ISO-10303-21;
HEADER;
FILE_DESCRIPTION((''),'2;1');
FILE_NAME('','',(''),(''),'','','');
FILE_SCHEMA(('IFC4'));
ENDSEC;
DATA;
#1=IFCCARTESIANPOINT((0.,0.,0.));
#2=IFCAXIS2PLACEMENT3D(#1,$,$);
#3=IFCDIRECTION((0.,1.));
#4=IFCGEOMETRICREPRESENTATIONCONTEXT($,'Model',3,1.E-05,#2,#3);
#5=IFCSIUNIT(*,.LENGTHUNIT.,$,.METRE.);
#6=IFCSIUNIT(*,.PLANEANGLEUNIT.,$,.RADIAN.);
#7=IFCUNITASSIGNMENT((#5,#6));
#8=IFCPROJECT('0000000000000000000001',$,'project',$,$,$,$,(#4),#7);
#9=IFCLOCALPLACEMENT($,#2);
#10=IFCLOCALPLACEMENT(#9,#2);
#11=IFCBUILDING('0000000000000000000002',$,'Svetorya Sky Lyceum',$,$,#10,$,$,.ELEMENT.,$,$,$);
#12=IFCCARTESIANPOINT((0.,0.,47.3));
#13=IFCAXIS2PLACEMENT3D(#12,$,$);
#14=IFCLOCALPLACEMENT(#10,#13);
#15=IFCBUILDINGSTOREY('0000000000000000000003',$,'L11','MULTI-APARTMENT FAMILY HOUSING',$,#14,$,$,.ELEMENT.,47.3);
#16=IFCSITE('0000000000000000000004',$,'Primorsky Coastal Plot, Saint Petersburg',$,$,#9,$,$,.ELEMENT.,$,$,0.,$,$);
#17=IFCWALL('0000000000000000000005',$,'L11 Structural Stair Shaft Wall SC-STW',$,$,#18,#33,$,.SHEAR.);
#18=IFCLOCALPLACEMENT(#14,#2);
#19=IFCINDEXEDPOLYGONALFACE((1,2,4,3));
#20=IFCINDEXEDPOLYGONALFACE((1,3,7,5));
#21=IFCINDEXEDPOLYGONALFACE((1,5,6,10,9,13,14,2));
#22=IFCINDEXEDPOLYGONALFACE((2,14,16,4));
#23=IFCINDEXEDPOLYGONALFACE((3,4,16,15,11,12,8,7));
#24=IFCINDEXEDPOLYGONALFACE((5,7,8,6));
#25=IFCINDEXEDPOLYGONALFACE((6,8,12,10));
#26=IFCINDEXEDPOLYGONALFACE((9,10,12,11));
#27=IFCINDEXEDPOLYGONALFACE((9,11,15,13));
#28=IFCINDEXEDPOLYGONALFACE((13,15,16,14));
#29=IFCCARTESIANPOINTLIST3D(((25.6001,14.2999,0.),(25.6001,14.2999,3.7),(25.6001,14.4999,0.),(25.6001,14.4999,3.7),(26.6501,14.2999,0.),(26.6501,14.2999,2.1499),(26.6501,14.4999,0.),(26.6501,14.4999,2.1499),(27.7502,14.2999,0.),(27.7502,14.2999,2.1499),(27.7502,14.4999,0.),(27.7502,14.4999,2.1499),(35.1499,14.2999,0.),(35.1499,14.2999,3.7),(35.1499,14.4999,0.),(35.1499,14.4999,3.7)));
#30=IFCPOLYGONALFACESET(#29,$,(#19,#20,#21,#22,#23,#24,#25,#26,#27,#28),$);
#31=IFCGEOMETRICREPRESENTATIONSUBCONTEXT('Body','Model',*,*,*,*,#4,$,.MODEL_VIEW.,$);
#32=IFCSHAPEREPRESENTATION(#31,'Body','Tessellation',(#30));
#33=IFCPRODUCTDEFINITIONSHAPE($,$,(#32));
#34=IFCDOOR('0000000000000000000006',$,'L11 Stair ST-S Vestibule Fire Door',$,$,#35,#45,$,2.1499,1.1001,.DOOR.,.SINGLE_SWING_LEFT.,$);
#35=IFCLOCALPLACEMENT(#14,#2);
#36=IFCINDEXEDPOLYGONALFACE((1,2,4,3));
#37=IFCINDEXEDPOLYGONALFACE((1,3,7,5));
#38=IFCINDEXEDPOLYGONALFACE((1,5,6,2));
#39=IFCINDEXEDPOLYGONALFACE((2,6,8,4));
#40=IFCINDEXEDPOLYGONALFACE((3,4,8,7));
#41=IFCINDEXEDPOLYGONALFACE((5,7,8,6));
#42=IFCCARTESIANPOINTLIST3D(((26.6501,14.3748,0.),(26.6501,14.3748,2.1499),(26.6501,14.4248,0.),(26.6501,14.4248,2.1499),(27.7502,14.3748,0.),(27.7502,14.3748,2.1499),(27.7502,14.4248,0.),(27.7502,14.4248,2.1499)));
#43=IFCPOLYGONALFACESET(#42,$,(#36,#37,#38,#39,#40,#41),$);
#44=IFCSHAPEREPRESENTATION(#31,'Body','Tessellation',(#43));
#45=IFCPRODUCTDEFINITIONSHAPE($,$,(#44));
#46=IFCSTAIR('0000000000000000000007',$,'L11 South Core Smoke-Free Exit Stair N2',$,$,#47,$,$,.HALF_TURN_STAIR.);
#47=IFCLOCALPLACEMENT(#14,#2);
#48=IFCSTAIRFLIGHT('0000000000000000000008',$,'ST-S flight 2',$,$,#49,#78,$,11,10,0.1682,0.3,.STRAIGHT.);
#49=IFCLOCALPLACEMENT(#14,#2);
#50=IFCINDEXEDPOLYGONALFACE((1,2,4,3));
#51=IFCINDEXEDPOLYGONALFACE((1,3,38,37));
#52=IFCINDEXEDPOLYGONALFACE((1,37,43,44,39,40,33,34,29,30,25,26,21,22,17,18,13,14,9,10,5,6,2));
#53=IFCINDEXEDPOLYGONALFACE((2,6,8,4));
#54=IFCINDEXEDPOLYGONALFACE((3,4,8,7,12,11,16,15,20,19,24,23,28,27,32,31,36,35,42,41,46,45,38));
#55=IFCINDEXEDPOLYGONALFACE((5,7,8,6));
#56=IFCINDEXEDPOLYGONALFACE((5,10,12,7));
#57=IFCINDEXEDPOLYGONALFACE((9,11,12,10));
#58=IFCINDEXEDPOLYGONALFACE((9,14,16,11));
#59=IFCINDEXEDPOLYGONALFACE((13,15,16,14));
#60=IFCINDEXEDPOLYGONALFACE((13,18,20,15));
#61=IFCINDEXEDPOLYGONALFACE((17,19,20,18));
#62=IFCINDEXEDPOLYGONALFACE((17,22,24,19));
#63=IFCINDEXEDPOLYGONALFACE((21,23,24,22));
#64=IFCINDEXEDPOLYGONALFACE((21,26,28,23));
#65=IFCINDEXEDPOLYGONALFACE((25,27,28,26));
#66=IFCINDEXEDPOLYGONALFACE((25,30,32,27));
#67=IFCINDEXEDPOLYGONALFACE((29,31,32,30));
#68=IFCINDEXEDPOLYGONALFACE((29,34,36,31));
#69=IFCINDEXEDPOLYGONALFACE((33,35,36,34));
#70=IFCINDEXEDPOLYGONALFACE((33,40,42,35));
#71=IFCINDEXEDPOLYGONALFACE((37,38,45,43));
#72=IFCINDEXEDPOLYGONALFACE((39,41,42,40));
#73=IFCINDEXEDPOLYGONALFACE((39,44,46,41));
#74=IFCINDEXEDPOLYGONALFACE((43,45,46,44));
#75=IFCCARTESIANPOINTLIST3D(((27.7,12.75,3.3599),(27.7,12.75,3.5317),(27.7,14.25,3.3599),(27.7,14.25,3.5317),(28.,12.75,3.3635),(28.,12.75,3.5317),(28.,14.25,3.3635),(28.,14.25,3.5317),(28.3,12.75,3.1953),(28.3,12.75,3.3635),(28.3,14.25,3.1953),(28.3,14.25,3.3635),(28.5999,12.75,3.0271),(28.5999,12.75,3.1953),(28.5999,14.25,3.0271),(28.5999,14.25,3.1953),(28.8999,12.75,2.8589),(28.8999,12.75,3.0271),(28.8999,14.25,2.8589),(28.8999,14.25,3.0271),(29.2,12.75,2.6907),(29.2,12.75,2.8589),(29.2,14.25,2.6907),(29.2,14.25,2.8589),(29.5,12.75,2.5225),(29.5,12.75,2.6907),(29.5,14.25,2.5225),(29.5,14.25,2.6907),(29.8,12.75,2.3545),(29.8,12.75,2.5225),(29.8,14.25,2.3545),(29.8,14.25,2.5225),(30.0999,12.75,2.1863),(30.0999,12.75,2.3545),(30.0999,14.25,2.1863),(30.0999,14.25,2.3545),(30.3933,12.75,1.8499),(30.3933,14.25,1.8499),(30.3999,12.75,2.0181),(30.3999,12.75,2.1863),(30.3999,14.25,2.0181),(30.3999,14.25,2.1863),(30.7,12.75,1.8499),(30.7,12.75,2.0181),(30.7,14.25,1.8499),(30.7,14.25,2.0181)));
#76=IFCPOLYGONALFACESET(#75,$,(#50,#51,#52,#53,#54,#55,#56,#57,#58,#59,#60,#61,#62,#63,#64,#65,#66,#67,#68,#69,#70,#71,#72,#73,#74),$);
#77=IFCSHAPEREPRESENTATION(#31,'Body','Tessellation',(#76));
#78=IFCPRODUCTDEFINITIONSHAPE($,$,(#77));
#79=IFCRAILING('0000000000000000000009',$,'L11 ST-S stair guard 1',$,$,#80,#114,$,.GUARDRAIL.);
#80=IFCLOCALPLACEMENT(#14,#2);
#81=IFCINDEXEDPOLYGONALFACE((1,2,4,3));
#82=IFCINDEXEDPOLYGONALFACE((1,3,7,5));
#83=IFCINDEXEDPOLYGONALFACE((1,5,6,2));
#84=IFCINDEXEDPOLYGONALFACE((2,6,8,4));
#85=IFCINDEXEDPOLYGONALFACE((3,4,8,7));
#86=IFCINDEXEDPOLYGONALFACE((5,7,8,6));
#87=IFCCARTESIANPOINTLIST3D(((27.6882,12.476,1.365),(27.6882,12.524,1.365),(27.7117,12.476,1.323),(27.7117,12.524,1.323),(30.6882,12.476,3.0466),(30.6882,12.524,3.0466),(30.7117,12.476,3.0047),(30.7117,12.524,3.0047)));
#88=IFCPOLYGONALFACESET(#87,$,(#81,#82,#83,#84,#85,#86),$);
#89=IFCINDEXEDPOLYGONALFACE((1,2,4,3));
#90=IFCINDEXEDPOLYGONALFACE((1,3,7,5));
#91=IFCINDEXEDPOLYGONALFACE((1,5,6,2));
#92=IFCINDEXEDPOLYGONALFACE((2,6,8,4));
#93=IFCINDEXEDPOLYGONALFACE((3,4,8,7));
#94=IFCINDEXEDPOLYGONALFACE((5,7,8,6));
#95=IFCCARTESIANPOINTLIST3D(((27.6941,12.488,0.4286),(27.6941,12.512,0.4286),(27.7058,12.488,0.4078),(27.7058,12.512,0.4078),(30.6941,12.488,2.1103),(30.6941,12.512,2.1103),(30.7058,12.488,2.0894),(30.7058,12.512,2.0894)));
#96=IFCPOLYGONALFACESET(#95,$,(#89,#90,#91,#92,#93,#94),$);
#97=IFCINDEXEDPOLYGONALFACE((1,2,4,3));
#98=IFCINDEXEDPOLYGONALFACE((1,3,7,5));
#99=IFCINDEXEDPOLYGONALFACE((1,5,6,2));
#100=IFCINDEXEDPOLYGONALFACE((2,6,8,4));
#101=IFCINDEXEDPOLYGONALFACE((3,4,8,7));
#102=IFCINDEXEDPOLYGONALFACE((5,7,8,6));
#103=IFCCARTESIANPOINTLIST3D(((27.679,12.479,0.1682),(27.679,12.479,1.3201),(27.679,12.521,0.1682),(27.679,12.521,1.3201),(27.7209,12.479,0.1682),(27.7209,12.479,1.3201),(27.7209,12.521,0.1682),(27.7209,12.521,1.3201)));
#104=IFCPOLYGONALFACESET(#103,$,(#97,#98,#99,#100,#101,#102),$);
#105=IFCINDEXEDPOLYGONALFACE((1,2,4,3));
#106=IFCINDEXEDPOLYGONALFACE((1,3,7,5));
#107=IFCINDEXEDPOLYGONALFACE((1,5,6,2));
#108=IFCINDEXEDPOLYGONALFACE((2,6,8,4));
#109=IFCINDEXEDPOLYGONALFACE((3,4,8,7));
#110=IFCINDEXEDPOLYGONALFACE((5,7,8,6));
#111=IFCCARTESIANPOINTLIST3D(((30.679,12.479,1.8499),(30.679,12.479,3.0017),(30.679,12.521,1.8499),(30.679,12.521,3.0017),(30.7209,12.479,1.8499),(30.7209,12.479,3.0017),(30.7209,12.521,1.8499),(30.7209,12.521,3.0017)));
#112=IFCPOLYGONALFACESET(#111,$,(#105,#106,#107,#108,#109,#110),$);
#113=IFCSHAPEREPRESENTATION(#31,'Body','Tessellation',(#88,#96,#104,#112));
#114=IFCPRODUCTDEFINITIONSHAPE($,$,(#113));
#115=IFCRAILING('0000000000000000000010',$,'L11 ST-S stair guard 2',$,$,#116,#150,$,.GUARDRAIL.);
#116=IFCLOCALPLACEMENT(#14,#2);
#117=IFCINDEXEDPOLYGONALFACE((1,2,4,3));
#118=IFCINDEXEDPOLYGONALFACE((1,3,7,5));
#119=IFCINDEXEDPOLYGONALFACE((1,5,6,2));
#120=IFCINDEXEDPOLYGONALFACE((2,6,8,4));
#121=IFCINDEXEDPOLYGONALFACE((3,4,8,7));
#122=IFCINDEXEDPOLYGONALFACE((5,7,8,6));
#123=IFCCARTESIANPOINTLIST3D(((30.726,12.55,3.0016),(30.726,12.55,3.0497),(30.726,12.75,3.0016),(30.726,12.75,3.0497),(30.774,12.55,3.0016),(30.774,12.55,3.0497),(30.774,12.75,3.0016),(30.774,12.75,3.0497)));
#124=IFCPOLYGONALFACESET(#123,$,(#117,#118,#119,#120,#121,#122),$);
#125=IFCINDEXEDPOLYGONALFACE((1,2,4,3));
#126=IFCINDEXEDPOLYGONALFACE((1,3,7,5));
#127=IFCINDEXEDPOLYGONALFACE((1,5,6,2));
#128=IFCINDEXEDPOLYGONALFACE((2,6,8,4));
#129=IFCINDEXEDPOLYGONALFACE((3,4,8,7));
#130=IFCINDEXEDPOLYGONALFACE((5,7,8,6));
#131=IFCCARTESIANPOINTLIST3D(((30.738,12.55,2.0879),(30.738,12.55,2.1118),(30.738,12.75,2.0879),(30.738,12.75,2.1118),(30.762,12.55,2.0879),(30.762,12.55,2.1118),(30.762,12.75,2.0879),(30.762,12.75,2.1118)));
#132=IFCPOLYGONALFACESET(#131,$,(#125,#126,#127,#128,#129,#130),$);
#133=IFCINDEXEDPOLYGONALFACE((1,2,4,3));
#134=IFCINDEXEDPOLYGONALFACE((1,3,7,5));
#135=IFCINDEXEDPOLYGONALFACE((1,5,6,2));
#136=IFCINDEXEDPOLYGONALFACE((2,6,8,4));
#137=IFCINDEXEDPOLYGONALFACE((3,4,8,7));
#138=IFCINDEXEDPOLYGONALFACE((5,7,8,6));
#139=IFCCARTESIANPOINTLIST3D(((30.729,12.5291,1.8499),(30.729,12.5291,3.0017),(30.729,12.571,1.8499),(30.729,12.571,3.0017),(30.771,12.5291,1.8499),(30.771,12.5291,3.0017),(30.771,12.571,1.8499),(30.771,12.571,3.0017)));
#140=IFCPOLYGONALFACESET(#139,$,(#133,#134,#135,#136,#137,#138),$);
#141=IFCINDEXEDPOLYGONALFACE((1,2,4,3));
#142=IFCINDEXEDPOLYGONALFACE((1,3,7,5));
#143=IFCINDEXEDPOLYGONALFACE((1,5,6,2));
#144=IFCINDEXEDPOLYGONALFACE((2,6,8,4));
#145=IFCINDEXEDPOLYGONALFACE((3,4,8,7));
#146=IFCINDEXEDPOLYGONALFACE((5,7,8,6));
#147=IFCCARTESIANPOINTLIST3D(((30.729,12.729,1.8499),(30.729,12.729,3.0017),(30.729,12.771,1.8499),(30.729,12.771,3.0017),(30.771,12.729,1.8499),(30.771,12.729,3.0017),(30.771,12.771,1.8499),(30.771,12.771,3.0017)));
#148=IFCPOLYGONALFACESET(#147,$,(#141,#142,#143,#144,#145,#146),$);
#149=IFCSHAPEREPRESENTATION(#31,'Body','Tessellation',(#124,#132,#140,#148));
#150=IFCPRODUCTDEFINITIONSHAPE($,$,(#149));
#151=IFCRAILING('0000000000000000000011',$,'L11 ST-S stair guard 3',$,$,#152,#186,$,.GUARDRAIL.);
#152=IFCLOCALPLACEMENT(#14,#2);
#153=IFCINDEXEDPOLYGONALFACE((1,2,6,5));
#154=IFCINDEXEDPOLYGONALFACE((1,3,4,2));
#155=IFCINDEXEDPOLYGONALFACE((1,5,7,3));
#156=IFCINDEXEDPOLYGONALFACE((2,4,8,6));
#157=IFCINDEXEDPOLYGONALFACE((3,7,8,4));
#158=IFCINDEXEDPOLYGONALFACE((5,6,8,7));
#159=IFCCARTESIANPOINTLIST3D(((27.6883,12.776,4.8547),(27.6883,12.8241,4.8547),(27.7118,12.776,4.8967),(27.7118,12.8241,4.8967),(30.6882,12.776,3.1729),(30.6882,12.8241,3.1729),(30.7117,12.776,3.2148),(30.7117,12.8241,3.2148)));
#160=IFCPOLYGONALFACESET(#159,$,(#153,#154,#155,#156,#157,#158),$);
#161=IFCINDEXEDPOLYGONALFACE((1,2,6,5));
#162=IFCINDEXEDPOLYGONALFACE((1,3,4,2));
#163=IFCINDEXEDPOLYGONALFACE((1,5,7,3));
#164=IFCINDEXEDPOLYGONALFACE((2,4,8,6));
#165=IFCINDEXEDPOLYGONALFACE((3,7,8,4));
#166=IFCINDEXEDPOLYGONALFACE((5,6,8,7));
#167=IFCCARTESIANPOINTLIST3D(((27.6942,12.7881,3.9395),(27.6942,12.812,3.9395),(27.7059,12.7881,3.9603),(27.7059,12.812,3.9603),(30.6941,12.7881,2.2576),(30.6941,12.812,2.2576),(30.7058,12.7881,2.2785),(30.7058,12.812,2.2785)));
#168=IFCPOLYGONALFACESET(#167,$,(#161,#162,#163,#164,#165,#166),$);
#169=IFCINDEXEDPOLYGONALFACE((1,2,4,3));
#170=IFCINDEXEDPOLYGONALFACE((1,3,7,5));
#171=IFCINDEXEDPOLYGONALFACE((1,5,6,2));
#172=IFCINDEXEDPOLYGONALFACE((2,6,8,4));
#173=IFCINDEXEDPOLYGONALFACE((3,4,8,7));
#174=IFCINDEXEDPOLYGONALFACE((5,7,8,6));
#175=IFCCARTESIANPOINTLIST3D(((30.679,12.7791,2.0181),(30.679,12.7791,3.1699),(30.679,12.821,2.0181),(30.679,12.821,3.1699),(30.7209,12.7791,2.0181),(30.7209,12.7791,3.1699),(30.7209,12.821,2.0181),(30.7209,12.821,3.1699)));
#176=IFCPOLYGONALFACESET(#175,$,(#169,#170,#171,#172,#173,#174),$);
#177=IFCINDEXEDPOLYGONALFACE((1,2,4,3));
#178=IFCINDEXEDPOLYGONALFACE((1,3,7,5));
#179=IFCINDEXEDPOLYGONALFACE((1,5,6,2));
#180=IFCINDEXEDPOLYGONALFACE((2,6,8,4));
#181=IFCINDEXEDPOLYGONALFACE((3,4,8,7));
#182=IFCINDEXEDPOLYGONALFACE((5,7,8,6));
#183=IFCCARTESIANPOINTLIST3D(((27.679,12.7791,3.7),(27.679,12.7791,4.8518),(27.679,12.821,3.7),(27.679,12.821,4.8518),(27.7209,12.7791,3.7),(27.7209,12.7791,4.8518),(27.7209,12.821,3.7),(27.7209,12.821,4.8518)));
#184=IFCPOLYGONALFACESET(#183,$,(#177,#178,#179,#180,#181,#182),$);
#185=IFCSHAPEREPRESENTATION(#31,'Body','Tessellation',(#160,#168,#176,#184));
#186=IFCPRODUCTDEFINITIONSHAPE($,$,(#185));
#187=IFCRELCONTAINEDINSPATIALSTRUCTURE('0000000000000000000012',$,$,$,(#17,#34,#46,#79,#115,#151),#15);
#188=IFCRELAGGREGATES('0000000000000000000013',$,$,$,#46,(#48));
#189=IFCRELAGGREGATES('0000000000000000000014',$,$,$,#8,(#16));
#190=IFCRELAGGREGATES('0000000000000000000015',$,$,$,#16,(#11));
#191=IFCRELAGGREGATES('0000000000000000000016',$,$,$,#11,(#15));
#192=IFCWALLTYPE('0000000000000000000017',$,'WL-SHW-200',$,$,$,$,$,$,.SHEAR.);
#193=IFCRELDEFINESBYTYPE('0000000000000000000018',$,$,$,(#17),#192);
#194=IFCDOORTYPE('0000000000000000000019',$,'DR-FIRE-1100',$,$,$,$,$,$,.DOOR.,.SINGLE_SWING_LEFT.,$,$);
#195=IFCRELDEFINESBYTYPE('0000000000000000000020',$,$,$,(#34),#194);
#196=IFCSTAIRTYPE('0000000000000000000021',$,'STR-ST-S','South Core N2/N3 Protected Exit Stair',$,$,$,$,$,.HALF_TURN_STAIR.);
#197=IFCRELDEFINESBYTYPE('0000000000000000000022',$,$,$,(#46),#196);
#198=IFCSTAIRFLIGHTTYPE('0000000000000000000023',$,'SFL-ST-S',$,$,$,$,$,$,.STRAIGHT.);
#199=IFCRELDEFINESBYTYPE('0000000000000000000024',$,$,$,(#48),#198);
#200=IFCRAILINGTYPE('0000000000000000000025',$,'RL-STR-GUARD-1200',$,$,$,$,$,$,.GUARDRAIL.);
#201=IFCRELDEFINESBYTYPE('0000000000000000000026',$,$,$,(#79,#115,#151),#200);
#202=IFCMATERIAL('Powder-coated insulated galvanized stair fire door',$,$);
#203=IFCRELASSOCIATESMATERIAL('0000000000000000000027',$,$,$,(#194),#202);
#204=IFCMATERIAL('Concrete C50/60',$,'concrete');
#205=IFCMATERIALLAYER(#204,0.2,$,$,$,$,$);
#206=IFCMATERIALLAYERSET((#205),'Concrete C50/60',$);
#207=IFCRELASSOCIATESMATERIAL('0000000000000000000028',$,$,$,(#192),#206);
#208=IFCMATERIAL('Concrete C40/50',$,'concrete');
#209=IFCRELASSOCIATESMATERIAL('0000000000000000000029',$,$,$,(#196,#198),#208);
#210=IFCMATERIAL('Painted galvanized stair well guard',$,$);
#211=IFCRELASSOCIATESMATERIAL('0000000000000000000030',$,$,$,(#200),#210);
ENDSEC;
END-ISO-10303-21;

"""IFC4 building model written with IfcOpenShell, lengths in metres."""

from ifc_helpers import new_model, si_unit, direction, frame, frame_2d, origin, origin_2d, place, context, subcontext, project, spatial, polyline, rectangle, outline, extrude, material, layer, layer_set, type_object, element, fill, aggregate, save


model = new_model("IFC4")

# Units and contexts
model_context = context("Model", 3, precision=1e-05, world=origin(), true_north=direction((0.0, 1.0)))
body_context = subcontext(model_context, "Body", "Model", "MODEL_VIEW")
ifc_project = project(units=[si_unit("LENGTHUNIT", "METRE"), si_unit("PLANEANGLEUNIT", "RADIAN")], contexts=[model_context])

# Site, building, storey
site_placement = place(None, origin())
site = spatial("IfcSite", under=ifc_project, at=site_placement, Name="Primorsky Coastal Plot, Saint Petersburg", CompositionType="ELEMENT", RefElevation=0.0)
building_placement = place(site_placement, origin())
building = spatial("IfcBuilding", under=site, at=building_placement, Name="Svetorya Sky Lyceum", CompositionType="ELEMENT")
storey_placement = place(building_placement, frame((0.0, 0.0, 47.3)))
storey = spatial("IfcBuildingStorey", under=building, at=storey_placement, Name="L11", Description="MULTI-APARTMENT FAMILY HOUSING", CompositionType="ELEMENT", Elevation=47.3)

# Shared definitions
ifc_material_1 = material(Name="Concrete C50/60", Category="concrete")

# Shared definitions
ifc_material_2 = material(Name="Powder-coated insulated galvanized stair fire door")
door_type_1 = type_object("IfcDoorType", Name="DR-FIRE-1100", OperationType="SINGLE_SWING_LEFT", PredefinedType="DOOR", material=ifc_material_2)

# Wall, opening, door
ifc_layer_1 = layer(ifc_material_1, 0.2)
ifc_layer_set_1 = layer_set([ifc_layer_1], Name="Concrete C50/60")
wall_type_1 = type_object("IfcWallType", Name="WL-SHW-200", PredefinedType="SHEAR", material=ifc_layer_set_1)
wall_1_placement = place(storey_placement, frame((25.6001, 14.3999, 0.0), z_axis=(0.0, 0.0, 1.0), x_axis=(1.0, 0.0, 0.0)))
wall_1 = element("IfcWall", 1, at=wall_1_placement, inside=storey, type_object=wall_type_1, Name="L11 Structural Stair Shaft Wall SC-STW", PredefinedType="SHEAR", context=body_context, shape_type="SweptSolid", body=[
    extrude(rectangle(XDim=9.5498, YDim=0.2, at=frame_2d((4.7749, 0.0))), origin(), (0.0, 0.0, 1.0), 3.7),
])
opening_1_placement = place(wall_1_placement, frame((1.05, 0.0, 0.0)))
opening_1 = element("IfcOpeningElement", 2, at=opening_1_placement, cuts=wall_1, PredefinedType="OPENING", context=body_context, shape_type="SweptSolid", body=[
    extrude(rectangle(XDim=1.1001, YDim=2.1499, at=frame_2d((0.55, 1.075))), frame((0.0, 0.1099, 0.0), z_axis=(0.0, -1.0, 0.0), x_axis=(1.0, 0.0, 0.0)), (0.0, 0.0, 1.0), 0.22),
])
door_1_placement = place(opening_1_placement, origin())
door_1 = element("IfcDoor", 3, at=door_1_placement, inside=storey, type_object=door_type_1, Name="L11 Stair ST-S Vestibule Fire Door", OperationType="SINGLE_SWING_LEFT", OverallHeight=2.1499, OverallWidth=1.1001, PredefinedType="DOOR", context=body_context, shape_type="SweptSolid", body=[
    extrude(rectangle(XDim=1.1001, YDim=2.1499, at=frame_2d((0.55, 1.075))), frame((0.0, 0.0249, 0.0), z_axis=(0.0, -1.0, 0.0), x_axis=(1.0, 0.0, 0.0)), (0.0, 0.0, 1.0), 0.05),
])
fill(opening_1, door_1)

# Stair, stair flight
ifc_material_3 = material(Name="Concrete C40/50", Category="concrete")
stair_type = type_object("IfcStairType", Name="STR-ST-S", Description="South Core N2/N3 Protected Exit Stair", PredefinedType="HALF_TURN_STAIR", material=ifc_material_3)
stair_placement = place(storey_placement, origin())
stair = element("IfcStair", 4, at=stair_placement, inside=storey, type_object=stair_type, Name="L11 South Core Smoke-Free Exit Stair N2", PredefinedType="HALF_TURN_STAIR")
stair_flight_type = type_object("IfcStairFlightType", Name="SFL-ST-S", PredefinedType="STRAIGHT", material=ifc_material_3)
stair_flight_placement = place(storey_placement, frame((30.7, 13.5, 1.8499), z_axis=(0.0, 0.0, 1.0), x_axis=(-1.0, 0.0, 0.0)))
stair_flight = element("IfcStairFlight", 5, at=stair_flight_placement, type_object=stair_flight_type, Name="ST-S flight 2", NumberOfRisers=11, NumberOfTreads=10, PredefinedType="STRAIGHT", RiserHeight=0.1682, TreadLength=0.3, context=body_context, shape_type="SweptSolid", body=[
    extrude(outline(polyline([(0.0, 0.0), (0.0, 0.1682), (0.3, 0.1682), (0.3, 0.3364), (0.6001, 0.3364), (0.6001, 0.5046), (0.8999, 0.5046), (0.8999, 0.6726), (1.2, 0.6726), (1.2, 0.8408), (1.5, 0.8408), (1.5, 1.009), (1.8, 1.009), (1.8, 1.1772), (2.1001, 1.1772), (2.1001, 1.3455), (2.3999, 1.3455), (2.3999, 1.5137), (2.7, 1.5137), (2.7, 1.6819), (3.0, 1.6819), (3.0, 1.8501), (3.0, 1.51), (0.3066, 0.0), (0.0, 0.0)])), frame((0.0, 0.75, 0.0), z_axis=(0.0, -1.0, 0.0), x_axis=(1.0, 0.0, 0.0)), (0.0, 0.0, 1.0), 1.5),
])
aggregate(stair, [stair_flight])

# Railings
ifc_material_4 = material(Name="Painted galvanized stair well guard")
railing_type_1 = type_object("IfcRailingType", Name="RL-STR-GUARD-1200", PredefinedType="GUARDRAIL", material=ifc_material_4)
railing_1_placement = place(storey_placement, frame((27.7, 12.5, 0.1682)))
element("IfcRailing", 6, at=railing_1_placement, inside=storey, type_object=railing_type_1, Name="L11 ST-S stair guard 1", PredefinedType="GUARDRAIL", context=body_context, shape_type="SweptSolid", body=[
    extrude(rectangle(XDim=0.0481, YDim=0.0481, at=origin_2d()), frame((0.0, 0.0, 1.1758), z_axis=(0.872303, 0.0, 0.488966), x_axis=(0.0, 1.0, 0.0)), (0.0, 0.0, 1.0), 3.4392),
    extrude(rectangle(XDim=0.0239, YDim=0.0239, at=origin_2d()), frame((0.0, 0.0, 0.25), z_axis=(0.872303, 0.0, 0.488966), x_axis=(0.0, 1.0, 0.0)), (0.0, 0.0, 1.0), 3.4392),
    extrude(rectangle(XDim=0.042, YDim=0.042, at=origin_2d()), origin(), (0.0, 0.0, 1.0), 1.1519),
    extrude(rectangle(XDim=0.042, YDim=0.042, at=origin_2d()), frame((3.0, 0.0, 1.6816)), (0.0, 0.0, 1.0), 1.1519),
])
railing_2_placement = place(storey_placement, frame((30.75, 12.55, 1.8499)))
element("IfcRailing", 7, at=railing_2_placement, inside=storey, type_object=railing_type_1, Name="L11 ST-S stair guard 2", PredefinedType="GUARDRAIL", context=body_context, shape_type="SweptSolid", body=[
    extrude(rectangle(XDim=0.0481, YDim=0.0481, at=origin_2d()), frame((0.0, 0.0, 1.1758), z_axis=(0.0, 1.0, 0.0), x_axis=(-1.0, 0.0, 0.0)), (0.0, 0.0, 1.0), 0.2),
    extrude(rectangle(XDim=0.0239, YDim=0.0239, at=origin_2d()), frame((0.0, 0.0, 0.25), z_axis=(0.0, 1.0, 0.0), x_axis=(-1.0, 0.0, 0.0)), (0.0, 0.0, 1.0), 0.2),
    extrude(rectangle(XDim=0.042, YDim=0.042, at=origin_2d()), origin(), (0.0, 0.0, 1.0), 1.1519),
    extrude(rectangle(XDim=0.042, YDim=0.042, at=origin_2d()), frame((0.0, 0.2, 0.0)), (0.0, 0.0, 1.0), 1.1519),
])
railing_3_placement = place(storey_placement, frame((30.7, 12.8, 2.0181)))
element("IfcRailing", 8, at=railing_3_placement, inside=storey, type_object=railing_type_1, Name="L11 ST-S stair guard 3", PredefinedType="GUARDRAIL", context=body_context, shape_type="SweptSolid", body=[
    extrude(rectangle(XDim=0.0481, YDim=0.0481, at=origin_2d()), frame((0.0, 0.0, 1.1758), z_axis=(-0.872272, 0.0, 0.48902), x_axis=(0.0, -1.0, 0.0)), (0.0, 0.0, 1.0), 3.4392),
    extrude(rectangle(XDim=0.0239, YDim=0.0239, at=origin_2d()), frame((0.0, 0.0, 0.25), z_axis=(-0.872272, 0.0, 0.48902), x_axis=(0.0, -1.0, 0.0)), (0.0, 0.0, 1.0), 3.4392),
    extrude(rectangle(XDim=0.042, YDim=0.042, at=origin_2d()), origin(), (0.0, 0.0, 1.0), 1.1519),
    extrude(rectangle(XDim=0.042, YDim=0.042, at=origin_2d()), frame((-3.0, 0.0, 1.6819)), (0.0, 0.0, 1.0), 1.1519),
])

save(model, "model.ifc")
